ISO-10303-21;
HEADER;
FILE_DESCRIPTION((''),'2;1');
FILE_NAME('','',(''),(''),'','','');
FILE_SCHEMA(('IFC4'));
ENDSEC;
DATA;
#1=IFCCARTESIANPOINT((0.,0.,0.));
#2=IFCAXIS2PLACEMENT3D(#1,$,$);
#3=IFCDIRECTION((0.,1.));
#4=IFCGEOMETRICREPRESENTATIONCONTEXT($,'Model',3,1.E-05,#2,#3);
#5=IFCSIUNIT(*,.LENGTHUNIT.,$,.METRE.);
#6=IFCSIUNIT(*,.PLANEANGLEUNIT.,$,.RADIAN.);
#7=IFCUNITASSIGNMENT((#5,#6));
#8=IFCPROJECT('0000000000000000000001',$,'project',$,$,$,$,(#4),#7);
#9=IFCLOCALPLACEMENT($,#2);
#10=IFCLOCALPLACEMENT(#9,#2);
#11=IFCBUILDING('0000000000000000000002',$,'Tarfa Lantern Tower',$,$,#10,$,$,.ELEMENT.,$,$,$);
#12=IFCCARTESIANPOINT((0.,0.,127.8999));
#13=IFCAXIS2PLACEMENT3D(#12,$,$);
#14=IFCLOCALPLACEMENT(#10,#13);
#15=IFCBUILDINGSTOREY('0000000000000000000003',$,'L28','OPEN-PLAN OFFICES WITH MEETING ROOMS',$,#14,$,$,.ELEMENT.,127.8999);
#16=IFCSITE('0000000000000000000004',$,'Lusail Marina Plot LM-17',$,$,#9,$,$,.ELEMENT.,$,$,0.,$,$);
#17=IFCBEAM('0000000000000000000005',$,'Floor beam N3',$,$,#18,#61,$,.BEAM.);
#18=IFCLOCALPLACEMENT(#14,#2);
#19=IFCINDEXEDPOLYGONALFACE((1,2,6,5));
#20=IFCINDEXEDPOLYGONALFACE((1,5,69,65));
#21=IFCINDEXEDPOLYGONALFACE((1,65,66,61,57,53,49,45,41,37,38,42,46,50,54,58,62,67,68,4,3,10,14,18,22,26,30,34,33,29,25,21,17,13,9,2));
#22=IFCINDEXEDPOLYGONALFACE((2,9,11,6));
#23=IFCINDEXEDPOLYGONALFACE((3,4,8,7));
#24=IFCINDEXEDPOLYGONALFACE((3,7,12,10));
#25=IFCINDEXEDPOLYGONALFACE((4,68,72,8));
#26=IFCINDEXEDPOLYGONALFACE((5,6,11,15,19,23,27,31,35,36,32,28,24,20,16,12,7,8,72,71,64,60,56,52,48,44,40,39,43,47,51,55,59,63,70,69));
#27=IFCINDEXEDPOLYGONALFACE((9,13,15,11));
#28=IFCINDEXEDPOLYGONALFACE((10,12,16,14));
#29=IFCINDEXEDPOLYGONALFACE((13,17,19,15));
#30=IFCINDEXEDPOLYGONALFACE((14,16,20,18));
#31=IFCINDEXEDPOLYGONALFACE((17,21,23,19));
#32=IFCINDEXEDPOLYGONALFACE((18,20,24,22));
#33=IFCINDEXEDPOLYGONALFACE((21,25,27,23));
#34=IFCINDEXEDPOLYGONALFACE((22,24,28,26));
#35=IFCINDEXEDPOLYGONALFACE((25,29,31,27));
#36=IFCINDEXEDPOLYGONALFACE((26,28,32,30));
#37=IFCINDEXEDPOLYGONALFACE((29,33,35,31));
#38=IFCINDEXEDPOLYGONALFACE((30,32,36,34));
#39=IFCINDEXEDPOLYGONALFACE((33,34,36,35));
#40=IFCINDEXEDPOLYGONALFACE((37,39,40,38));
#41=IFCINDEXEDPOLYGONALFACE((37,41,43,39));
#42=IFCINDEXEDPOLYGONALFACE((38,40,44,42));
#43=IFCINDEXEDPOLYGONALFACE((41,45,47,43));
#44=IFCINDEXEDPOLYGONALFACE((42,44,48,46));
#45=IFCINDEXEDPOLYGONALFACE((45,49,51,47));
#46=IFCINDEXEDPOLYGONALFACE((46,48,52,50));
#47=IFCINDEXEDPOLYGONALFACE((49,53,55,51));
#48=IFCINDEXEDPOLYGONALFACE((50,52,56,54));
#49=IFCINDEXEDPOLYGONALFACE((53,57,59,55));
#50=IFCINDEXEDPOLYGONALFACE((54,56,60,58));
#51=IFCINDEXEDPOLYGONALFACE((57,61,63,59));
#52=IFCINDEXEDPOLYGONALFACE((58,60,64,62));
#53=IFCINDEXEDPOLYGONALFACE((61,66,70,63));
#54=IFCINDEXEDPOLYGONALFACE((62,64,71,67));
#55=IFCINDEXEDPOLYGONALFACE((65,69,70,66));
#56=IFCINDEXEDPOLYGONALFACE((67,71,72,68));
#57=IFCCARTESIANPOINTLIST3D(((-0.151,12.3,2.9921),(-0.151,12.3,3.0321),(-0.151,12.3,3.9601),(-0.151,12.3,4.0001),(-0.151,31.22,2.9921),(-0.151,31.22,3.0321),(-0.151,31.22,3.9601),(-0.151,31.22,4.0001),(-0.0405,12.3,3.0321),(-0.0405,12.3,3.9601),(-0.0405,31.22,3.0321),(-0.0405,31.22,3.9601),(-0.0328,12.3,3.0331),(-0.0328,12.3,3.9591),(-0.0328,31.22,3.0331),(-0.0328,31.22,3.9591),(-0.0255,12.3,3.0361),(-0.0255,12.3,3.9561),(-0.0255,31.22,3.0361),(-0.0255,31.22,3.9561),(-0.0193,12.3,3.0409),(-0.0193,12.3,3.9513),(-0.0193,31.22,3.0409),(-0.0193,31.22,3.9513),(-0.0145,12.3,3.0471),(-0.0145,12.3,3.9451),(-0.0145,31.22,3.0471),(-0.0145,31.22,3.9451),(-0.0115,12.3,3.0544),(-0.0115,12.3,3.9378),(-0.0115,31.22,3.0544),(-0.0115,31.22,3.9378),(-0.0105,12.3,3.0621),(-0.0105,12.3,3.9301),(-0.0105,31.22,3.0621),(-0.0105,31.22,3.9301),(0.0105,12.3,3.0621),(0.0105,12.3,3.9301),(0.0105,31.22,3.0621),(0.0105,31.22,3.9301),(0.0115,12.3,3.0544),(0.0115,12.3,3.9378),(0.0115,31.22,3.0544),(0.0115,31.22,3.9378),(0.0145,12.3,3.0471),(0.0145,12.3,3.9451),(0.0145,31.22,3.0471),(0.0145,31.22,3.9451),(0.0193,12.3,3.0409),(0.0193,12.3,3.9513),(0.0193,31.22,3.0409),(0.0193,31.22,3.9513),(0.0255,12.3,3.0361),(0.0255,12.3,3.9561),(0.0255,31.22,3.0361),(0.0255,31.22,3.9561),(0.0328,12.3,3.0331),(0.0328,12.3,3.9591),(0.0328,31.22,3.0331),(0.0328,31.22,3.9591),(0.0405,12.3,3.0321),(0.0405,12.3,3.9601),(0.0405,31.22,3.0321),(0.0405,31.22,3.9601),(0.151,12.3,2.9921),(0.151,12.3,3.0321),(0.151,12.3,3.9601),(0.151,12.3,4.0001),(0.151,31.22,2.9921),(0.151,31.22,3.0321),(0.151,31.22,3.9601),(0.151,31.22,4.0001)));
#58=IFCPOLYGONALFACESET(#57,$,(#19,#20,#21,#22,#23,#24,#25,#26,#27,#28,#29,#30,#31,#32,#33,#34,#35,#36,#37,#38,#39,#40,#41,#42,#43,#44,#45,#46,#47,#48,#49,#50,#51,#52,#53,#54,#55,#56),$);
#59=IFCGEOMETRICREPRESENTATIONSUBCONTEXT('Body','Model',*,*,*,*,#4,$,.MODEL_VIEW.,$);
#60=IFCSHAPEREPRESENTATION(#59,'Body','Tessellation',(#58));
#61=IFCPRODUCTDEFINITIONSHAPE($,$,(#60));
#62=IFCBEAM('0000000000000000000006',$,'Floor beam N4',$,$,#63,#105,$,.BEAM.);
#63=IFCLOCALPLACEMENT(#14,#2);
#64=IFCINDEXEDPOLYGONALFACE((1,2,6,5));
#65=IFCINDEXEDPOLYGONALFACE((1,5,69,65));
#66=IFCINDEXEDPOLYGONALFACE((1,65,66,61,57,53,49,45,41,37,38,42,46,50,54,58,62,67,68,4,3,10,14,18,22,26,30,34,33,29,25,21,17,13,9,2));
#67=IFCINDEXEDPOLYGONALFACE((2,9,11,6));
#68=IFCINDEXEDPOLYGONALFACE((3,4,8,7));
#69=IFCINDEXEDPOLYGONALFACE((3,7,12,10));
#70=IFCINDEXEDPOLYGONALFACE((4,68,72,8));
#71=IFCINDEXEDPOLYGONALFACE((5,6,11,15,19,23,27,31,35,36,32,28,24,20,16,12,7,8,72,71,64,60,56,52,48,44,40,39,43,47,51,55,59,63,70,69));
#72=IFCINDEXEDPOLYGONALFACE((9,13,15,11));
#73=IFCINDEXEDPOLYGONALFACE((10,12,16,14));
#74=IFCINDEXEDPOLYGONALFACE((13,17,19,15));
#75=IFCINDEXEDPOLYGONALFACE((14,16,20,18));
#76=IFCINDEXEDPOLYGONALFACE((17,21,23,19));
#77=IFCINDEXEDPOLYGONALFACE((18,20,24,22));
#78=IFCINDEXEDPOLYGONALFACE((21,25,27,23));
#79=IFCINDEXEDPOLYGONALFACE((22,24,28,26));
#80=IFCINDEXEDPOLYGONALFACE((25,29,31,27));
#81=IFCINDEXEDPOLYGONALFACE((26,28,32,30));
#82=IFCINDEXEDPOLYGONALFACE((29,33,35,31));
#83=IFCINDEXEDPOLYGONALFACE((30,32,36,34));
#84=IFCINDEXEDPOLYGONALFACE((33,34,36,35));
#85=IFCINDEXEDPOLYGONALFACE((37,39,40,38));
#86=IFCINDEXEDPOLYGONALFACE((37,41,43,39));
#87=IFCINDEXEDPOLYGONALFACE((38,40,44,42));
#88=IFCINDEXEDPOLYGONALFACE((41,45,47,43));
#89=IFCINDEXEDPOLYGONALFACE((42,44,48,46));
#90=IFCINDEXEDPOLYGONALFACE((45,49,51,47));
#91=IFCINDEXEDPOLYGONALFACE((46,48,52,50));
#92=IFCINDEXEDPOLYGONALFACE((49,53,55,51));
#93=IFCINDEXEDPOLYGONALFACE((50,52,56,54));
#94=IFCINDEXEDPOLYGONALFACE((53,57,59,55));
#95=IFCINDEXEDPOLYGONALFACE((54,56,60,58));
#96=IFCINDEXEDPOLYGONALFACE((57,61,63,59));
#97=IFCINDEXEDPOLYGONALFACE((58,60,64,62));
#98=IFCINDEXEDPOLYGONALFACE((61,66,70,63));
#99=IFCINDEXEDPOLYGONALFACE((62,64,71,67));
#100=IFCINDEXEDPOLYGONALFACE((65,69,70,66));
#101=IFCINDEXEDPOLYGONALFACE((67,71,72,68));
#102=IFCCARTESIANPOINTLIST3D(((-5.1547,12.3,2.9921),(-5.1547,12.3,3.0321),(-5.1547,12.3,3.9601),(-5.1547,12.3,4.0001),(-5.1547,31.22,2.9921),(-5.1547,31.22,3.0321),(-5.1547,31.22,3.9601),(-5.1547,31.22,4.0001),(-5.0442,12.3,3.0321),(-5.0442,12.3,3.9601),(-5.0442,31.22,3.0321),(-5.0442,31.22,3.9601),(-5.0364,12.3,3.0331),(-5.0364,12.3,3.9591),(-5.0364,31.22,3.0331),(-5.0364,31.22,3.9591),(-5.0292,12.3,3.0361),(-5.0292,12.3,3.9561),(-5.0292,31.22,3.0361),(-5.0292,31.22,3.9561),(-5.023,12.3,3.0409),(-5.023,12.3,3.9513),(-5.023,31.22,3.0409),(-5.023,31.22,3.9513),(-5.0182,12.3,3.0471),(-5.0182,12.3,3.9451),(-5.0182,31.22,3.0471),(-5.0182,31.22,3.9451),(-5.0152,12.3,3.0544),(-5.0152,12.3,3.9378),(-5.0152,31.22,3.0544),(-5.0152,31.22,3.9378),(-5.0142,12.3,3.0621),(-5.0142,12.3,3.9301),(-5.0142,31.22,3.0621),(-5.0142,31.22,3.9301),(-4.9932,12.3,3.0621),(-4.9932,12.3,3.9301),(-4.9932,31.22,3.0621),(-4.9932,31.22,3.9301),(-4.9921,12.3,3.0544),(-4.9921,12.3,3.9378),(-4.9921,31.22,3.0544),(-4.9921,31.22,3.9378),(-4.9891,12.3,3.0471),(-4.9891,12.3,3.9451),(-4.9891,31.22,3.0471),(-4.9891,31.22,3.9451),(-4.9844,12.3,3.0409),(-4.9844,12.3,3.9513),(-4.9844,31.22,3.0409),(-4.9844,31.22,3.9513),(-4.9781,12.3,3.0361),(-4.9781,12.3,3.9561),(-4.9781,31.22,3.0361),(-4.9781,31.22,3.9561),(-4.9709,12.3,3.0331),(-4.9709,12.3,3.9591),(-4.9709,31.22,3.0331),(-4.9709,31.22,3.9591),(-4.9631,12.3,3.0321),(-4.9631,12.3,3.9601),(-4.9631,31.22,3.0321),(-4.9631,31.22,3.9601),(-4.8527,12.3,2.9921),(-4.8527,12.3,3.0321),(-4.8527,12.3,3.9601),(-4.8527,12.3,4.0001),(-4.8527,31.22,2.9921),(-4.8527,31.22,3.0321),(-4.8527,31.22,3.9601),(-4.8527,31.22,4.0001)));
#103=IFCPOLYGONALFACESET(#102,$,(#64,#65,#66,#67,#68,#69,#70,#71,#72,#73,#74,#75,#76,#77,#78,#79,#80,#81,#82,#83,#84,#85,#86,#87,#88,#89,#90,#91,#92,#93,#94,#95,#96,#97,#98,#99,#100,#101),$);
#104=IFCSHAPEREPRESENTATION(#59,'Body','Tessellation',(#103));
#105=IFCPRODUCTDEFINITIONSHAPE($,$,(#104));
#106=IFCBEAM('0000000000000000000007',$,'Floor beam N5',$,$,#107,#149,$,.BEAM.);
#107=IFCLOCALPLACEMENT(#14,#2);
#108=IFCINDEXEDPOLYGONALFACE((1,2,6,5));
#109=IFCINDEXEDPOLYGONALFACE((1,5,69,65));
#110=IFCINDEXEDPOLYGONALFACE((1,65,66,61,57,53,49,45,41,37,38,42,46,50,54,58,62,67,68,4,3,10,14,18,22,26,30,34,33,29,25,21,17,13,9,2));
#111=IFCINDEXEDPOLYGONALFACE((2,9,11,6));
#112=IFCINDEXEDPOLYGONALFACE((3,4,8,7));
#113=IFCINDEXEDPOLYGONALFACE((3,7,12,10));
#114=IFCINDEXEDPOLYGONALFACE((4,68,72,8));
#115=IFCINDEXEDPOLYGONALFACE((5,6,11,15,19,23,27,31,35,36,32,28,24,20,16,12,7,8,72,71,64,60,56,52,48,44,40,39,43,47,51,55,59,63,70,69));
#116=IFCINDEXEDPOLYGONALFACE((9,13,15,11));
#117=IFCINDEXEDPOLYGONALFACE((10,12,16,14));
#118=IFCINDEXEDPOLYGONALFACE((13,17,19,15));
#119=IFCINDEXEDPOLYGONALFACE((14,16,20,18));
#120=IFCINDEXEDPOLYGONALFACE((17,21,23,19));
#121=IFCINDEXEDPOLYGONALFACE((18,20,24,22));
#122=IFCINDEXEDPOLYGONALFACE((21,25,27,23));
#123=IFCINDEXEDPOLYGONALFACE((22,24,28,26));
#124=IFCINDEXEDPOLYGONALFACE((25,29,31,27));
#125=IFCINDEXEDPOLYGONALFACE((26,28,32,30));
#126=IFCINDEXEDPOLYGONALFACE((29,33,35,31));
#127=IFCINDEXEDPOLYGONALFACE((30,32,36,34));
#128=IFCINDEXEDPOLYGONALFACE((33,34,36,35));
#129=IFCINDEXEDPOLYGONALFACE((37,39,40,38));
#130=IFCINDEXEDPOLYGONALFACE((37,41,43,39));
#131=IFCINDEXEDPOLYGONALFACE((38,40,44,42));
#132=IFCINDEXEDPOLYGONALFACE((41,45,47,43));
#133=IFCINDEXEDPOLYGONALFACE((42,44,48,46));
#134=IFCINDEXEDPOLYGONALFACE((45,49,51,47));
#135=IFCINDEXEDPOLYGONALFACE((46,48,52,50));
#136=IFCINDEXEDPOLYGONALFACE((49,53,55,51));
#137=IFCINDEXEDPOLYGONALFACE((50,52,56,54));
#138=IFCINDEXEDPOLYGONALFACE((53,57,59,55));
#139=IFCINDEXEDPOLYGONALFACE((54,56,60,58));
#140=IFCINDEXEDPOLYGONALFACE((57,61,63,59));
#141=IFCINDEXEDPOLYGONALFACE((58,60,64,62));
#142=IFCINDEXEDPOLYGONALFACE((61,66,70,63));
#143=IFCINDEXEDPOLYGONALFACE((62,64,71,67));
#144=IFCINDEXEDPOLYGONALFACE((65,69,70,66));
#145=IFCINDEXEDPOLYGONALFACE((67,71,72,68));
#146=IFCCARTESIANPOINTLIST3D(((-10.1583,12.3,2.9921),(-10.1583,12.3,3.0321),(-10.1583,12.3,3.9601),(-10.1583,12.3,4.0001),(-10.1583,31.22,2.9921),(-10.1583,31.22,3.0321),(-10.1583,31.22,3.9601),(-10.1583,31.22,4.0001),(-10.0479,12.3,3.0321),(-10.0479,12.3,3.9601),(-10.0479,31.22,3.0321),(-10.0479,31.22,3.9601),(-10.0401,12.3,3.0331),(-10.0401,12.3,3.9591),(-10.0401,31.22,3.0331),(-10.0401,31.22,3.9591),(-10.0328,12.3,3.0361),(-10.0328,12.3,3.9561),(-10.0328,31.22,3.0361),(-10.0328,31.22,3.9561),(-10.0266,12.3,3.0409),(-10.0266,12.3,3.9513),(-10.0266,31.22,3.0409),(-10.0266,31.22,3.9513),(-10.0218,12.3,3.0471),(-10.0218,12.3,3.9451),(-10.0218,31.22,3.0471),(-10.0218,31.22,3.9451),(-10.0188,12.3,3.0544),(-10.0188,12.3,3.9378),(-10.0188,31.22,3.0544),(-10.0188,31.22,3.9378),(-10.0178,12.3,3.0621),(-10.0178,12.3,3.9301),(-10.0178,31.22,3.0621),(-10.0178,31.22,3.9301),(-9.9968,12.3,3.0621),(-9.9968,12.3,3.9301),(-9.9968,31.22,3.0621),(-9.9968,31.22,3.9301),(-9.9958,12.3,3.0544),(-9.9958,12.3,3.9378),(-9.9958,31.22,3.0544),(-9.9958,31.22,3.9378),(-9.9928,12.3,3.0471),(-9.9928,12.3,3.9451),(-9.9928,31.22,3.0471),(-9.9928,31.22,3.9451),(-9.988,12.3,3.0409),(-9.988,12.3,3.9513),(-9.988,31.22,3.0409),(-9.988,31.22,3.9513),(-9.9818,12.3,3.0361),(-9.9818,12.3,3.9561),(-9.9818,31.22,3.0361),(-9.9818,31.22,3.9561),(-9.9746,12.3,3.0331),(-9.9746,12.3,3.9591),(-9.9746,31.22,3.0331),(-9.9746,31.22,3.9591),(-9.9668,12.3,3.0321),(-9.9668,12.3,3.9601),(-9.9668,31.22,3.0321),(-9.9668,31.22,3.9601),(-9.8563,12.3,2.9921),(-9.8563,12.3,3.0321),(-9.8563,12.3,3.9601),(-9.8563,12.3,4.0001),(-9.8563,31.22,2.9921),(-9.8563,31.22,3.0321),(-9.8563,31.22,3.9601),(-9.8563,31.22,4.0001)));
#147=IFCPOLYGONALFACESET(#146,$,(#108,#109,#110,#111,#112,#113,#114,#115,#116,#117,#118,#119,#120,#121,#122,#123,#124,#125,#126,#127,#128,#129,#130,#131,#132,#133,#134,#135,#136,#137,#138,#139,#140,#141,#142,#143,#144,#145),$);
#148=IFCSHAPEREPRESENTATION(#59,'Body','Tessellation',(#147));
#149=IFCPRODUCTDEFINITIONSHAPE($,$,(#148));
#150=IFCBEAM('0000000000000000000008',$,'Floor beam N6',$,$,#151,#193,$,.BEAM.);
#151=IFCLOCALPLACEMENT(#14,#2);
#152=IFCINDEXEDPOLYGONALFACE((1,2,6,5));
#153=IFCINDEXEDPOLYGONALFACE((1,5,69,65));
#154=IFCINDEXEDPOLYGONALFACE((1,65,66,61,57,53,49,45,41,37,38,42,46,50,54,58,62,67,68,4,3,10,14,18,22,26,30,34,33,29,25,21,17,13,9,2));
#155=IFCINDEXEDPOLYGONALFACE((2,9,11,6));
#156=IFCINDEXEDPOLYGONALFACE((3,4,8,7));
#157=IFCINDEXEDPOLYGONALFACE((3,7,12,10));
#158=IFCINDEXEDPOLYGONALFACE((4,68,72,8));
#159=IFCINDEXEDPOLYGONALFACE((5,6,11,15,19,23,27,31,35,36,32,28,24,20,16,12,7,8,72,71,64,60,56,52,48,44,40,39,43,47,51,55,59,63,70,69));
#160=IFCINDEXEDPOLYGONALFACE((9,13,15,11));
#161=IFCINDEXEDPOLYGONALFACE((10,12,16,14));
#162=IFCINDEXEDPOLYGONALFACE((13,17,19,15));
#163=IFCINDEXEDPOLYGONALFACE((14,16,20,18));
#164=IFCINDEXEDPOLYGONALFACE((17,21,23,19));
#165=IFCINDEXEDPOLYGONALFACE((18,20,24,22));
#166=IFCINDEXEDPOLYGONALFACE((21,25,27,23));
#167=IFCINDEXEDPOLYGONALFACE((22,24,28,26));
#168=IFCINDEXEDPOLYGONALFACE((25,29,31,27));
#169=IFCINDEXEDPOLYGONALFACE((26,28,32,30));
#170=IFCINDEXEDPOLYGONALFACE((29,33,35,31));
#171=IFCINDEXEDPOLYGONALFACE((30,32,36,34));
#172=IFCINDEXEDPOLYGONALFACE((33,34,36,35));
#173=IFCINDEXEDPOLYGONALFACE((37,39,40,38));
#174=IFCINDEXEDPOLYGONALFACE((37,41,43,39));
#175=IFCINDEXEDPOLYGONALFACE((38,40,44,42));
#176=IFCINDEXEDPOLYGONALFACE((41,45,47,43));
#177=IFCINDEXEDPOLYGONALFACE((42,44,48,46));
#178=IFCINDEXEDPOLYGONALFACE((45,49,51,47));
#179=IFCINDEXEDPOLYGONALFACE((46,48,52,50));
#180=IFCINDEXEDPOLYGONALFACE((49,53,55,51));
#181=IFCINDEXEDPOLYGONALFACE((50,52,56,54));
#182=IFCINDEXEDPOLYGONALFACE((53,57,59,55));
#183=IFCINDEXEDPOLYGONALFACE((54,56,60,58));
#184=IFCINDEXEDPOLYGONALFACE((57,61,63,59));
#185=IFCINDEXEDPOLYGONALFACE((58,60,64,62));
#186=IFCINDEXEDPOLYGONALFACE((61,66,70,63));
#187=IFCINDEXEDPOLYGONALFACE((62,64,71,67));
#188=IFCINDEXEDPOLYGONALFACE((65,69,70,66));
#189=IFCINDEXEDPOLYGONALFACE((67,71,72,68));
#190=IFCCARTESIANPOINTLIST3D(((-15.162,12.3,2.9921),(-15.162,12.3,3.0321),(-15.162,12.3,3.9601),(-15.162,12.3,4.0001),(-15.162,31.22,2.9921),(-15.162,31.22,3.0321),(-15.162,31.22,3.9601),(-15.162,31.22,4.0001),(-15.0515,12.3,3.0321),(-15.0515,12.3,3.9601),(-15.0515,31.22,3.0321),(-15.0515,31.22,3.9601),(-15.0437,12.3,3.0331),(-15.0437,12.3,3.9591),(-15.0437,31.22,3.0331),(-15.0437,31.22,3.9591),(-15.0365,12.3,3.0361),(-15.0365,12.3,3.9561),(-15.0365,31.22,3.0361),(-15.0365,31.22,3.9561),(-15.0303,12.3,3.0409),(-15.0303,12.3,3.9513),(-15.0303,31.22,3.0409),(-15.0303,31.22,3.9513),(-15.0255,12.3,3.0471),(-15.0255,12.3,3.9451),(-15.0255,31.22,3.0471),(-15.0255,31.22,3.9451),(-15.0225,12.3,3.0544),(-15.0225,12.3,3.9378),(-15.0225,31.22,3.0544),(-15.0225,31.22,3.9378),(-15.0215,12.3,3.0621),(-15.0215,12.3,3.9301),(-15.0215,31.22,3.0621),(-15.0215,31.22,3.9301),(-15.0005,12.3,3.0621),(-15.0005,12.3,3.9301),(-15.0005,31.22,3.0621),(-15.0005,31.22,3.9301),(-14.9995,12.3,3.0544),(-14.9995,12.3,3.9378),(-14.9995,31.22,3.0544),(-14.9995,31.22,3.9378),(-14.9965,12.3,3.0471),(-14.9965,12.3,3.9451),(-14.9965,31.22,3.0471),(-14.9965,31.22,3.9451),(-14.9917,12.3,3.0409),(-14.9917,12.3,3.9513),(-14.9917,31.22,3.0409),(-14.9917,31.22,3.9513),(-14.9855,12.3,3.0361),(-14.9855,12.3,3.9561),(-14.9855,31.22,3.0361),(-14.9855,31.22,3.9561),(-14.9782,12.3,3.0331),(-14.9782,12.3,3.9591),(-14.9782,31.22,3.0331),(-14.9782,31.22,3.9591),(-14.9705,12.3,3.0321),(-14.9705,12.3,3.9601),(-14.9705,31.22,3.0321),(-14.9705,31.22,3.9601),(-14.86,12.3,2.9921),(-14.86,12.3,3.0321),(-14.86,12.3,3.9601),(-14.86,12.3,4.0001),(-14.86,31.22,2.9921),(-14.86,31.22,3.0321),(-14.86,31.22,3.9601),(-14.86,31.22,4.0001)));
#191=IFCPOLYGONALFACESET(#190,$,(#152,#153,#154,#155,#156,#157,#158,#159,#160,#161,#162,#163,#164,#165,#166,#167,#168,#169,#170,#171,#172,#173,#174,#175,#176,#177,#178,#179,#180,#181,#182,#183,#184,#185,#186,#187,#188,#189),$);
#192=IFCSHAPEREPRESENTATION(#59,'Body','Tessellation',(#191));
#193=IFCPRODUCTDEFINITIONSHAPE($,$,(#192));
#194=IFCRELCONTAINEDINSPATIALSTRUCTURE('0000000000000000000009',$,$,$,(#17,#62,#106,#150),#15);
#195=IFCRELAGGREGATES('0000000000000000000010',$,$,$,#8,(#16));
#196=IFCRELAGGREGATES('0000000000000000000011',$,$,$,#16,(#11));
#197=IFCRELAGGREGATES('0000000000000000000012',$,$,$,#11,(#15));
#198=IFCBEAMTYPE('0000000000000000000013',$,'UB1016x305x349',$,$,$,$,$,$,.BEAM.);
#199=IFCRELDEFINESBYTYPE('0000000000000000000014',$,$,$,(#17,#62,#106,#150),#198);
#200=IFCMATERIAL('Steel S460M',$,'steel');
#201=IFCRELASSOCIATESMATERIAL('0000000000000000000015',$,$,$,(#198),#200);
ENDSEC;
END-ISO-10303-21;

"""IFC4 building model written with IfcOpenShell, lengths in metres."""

from ifc_helpers import new_model, si_unit, direction, frame, origin, origin_2d, place, context, subcontext, project, spatial, i_section, extrude, material, material_profile, profile_set, type_object, element, save


model = new_model("IFC4")

# Units and contexts
model_context = context("Model", 3, precision=1e-05, world=origin(), true_north=direction((0.0, 1.0)))
body_context = subcontext(model_context, "Body", "Model", "MODEL_VIEW")
ifc_project = project(units=[si_unit("LENGTHUNIT", "METRE"), si_unit("PLANEANGLEUNIT", "RADIAN")], contexts=[model_context])

# Site, building, storey
site_placement = place(None, origin())
site = spatial("IfcSite", under=ifc_project, at=site_placement, Name="Lusail Marina Plot LM-17", CompositionType="ELEMENT", RefElevation=0.0)
building_placement = place(site_placement, origin())
building = spatial("IfcBuilding", under=site, at=building_placement, Name="Tarfa Lantern Tower", CompositionType="ELEMENT")
storey_placement = place(building_placement, frame((0.0, 0.0, 127.8999)))
storey = spatial("IfcBuildingStorey", under=building, at=storey_placement, Name="L28", Description="OPEN-PLAN OFFICES WITH MEETING ROOMS", CompositionType="ELEMENT", Elevation=127.8999)

# Beams
ifc_material_1 = material(Name="Steel S460M", Category="steel")
ifc_material_profile_1 = material_profile(ifc_material_1, i_section(OverallWidth=0.302, OverallDepth=1.0081, WebThickness=0.021, FlangeThickness=0.04, FilletRadius=0.03, at=origin_2d()), Name="UB1016x305x349")
ifc_profile_set_1 = profile_set([ifc_material_profile_1], Name="Steel S460M")
beam_type_1 = type_object("IfcBeamType", Name="UB1016x305x349", PredefinedType="BEAM", material=ifc_profile_set_1)
for number, where, z_axis, x_axis, name in (
    (1, (0.0, 31.22, 3.4961), (0.0, -1.0, 0.0), (1.0, 0.0, 0.0), "Floor beam N3"),
    (2, (-5.0037, 31.22, 3.4961), (0.0, -1.0, 0.0), (1.0, 0.0, 0.0), "Floor beam N4"),
    (3, (-10.0073, 31.22, 3.4961), (0.0, -1.0, 0.0), (1.0, 0.0, 0.0), "Floor beam N5"),
    (4, (-15.011, 31.22, 3.4961), (0.0, -1.0, 0.0), (1.0, 0.0, 0.0), "Floor beam N6"),
):
    element("IfcBeam", number, at=place(storey_placement, frame(where, z_axis=z_axis, x_axis=x_axis)), inside=storey, type_object=beam_type_1, Name=name, PredefinedType="BEAM", context=body_context, shape_type="SweptSolid", body=[
        extrude(i_section(OverallWidth=0.302, OverallDepth=1.0081, WebThickness=0.021, FlangeThickness=0.04, FilletRadius=0.03, at=origin_2d()), origin(), (0.0, 0.0, 1.0), 18.9199),
    ])

save(model, "model.ifc")
